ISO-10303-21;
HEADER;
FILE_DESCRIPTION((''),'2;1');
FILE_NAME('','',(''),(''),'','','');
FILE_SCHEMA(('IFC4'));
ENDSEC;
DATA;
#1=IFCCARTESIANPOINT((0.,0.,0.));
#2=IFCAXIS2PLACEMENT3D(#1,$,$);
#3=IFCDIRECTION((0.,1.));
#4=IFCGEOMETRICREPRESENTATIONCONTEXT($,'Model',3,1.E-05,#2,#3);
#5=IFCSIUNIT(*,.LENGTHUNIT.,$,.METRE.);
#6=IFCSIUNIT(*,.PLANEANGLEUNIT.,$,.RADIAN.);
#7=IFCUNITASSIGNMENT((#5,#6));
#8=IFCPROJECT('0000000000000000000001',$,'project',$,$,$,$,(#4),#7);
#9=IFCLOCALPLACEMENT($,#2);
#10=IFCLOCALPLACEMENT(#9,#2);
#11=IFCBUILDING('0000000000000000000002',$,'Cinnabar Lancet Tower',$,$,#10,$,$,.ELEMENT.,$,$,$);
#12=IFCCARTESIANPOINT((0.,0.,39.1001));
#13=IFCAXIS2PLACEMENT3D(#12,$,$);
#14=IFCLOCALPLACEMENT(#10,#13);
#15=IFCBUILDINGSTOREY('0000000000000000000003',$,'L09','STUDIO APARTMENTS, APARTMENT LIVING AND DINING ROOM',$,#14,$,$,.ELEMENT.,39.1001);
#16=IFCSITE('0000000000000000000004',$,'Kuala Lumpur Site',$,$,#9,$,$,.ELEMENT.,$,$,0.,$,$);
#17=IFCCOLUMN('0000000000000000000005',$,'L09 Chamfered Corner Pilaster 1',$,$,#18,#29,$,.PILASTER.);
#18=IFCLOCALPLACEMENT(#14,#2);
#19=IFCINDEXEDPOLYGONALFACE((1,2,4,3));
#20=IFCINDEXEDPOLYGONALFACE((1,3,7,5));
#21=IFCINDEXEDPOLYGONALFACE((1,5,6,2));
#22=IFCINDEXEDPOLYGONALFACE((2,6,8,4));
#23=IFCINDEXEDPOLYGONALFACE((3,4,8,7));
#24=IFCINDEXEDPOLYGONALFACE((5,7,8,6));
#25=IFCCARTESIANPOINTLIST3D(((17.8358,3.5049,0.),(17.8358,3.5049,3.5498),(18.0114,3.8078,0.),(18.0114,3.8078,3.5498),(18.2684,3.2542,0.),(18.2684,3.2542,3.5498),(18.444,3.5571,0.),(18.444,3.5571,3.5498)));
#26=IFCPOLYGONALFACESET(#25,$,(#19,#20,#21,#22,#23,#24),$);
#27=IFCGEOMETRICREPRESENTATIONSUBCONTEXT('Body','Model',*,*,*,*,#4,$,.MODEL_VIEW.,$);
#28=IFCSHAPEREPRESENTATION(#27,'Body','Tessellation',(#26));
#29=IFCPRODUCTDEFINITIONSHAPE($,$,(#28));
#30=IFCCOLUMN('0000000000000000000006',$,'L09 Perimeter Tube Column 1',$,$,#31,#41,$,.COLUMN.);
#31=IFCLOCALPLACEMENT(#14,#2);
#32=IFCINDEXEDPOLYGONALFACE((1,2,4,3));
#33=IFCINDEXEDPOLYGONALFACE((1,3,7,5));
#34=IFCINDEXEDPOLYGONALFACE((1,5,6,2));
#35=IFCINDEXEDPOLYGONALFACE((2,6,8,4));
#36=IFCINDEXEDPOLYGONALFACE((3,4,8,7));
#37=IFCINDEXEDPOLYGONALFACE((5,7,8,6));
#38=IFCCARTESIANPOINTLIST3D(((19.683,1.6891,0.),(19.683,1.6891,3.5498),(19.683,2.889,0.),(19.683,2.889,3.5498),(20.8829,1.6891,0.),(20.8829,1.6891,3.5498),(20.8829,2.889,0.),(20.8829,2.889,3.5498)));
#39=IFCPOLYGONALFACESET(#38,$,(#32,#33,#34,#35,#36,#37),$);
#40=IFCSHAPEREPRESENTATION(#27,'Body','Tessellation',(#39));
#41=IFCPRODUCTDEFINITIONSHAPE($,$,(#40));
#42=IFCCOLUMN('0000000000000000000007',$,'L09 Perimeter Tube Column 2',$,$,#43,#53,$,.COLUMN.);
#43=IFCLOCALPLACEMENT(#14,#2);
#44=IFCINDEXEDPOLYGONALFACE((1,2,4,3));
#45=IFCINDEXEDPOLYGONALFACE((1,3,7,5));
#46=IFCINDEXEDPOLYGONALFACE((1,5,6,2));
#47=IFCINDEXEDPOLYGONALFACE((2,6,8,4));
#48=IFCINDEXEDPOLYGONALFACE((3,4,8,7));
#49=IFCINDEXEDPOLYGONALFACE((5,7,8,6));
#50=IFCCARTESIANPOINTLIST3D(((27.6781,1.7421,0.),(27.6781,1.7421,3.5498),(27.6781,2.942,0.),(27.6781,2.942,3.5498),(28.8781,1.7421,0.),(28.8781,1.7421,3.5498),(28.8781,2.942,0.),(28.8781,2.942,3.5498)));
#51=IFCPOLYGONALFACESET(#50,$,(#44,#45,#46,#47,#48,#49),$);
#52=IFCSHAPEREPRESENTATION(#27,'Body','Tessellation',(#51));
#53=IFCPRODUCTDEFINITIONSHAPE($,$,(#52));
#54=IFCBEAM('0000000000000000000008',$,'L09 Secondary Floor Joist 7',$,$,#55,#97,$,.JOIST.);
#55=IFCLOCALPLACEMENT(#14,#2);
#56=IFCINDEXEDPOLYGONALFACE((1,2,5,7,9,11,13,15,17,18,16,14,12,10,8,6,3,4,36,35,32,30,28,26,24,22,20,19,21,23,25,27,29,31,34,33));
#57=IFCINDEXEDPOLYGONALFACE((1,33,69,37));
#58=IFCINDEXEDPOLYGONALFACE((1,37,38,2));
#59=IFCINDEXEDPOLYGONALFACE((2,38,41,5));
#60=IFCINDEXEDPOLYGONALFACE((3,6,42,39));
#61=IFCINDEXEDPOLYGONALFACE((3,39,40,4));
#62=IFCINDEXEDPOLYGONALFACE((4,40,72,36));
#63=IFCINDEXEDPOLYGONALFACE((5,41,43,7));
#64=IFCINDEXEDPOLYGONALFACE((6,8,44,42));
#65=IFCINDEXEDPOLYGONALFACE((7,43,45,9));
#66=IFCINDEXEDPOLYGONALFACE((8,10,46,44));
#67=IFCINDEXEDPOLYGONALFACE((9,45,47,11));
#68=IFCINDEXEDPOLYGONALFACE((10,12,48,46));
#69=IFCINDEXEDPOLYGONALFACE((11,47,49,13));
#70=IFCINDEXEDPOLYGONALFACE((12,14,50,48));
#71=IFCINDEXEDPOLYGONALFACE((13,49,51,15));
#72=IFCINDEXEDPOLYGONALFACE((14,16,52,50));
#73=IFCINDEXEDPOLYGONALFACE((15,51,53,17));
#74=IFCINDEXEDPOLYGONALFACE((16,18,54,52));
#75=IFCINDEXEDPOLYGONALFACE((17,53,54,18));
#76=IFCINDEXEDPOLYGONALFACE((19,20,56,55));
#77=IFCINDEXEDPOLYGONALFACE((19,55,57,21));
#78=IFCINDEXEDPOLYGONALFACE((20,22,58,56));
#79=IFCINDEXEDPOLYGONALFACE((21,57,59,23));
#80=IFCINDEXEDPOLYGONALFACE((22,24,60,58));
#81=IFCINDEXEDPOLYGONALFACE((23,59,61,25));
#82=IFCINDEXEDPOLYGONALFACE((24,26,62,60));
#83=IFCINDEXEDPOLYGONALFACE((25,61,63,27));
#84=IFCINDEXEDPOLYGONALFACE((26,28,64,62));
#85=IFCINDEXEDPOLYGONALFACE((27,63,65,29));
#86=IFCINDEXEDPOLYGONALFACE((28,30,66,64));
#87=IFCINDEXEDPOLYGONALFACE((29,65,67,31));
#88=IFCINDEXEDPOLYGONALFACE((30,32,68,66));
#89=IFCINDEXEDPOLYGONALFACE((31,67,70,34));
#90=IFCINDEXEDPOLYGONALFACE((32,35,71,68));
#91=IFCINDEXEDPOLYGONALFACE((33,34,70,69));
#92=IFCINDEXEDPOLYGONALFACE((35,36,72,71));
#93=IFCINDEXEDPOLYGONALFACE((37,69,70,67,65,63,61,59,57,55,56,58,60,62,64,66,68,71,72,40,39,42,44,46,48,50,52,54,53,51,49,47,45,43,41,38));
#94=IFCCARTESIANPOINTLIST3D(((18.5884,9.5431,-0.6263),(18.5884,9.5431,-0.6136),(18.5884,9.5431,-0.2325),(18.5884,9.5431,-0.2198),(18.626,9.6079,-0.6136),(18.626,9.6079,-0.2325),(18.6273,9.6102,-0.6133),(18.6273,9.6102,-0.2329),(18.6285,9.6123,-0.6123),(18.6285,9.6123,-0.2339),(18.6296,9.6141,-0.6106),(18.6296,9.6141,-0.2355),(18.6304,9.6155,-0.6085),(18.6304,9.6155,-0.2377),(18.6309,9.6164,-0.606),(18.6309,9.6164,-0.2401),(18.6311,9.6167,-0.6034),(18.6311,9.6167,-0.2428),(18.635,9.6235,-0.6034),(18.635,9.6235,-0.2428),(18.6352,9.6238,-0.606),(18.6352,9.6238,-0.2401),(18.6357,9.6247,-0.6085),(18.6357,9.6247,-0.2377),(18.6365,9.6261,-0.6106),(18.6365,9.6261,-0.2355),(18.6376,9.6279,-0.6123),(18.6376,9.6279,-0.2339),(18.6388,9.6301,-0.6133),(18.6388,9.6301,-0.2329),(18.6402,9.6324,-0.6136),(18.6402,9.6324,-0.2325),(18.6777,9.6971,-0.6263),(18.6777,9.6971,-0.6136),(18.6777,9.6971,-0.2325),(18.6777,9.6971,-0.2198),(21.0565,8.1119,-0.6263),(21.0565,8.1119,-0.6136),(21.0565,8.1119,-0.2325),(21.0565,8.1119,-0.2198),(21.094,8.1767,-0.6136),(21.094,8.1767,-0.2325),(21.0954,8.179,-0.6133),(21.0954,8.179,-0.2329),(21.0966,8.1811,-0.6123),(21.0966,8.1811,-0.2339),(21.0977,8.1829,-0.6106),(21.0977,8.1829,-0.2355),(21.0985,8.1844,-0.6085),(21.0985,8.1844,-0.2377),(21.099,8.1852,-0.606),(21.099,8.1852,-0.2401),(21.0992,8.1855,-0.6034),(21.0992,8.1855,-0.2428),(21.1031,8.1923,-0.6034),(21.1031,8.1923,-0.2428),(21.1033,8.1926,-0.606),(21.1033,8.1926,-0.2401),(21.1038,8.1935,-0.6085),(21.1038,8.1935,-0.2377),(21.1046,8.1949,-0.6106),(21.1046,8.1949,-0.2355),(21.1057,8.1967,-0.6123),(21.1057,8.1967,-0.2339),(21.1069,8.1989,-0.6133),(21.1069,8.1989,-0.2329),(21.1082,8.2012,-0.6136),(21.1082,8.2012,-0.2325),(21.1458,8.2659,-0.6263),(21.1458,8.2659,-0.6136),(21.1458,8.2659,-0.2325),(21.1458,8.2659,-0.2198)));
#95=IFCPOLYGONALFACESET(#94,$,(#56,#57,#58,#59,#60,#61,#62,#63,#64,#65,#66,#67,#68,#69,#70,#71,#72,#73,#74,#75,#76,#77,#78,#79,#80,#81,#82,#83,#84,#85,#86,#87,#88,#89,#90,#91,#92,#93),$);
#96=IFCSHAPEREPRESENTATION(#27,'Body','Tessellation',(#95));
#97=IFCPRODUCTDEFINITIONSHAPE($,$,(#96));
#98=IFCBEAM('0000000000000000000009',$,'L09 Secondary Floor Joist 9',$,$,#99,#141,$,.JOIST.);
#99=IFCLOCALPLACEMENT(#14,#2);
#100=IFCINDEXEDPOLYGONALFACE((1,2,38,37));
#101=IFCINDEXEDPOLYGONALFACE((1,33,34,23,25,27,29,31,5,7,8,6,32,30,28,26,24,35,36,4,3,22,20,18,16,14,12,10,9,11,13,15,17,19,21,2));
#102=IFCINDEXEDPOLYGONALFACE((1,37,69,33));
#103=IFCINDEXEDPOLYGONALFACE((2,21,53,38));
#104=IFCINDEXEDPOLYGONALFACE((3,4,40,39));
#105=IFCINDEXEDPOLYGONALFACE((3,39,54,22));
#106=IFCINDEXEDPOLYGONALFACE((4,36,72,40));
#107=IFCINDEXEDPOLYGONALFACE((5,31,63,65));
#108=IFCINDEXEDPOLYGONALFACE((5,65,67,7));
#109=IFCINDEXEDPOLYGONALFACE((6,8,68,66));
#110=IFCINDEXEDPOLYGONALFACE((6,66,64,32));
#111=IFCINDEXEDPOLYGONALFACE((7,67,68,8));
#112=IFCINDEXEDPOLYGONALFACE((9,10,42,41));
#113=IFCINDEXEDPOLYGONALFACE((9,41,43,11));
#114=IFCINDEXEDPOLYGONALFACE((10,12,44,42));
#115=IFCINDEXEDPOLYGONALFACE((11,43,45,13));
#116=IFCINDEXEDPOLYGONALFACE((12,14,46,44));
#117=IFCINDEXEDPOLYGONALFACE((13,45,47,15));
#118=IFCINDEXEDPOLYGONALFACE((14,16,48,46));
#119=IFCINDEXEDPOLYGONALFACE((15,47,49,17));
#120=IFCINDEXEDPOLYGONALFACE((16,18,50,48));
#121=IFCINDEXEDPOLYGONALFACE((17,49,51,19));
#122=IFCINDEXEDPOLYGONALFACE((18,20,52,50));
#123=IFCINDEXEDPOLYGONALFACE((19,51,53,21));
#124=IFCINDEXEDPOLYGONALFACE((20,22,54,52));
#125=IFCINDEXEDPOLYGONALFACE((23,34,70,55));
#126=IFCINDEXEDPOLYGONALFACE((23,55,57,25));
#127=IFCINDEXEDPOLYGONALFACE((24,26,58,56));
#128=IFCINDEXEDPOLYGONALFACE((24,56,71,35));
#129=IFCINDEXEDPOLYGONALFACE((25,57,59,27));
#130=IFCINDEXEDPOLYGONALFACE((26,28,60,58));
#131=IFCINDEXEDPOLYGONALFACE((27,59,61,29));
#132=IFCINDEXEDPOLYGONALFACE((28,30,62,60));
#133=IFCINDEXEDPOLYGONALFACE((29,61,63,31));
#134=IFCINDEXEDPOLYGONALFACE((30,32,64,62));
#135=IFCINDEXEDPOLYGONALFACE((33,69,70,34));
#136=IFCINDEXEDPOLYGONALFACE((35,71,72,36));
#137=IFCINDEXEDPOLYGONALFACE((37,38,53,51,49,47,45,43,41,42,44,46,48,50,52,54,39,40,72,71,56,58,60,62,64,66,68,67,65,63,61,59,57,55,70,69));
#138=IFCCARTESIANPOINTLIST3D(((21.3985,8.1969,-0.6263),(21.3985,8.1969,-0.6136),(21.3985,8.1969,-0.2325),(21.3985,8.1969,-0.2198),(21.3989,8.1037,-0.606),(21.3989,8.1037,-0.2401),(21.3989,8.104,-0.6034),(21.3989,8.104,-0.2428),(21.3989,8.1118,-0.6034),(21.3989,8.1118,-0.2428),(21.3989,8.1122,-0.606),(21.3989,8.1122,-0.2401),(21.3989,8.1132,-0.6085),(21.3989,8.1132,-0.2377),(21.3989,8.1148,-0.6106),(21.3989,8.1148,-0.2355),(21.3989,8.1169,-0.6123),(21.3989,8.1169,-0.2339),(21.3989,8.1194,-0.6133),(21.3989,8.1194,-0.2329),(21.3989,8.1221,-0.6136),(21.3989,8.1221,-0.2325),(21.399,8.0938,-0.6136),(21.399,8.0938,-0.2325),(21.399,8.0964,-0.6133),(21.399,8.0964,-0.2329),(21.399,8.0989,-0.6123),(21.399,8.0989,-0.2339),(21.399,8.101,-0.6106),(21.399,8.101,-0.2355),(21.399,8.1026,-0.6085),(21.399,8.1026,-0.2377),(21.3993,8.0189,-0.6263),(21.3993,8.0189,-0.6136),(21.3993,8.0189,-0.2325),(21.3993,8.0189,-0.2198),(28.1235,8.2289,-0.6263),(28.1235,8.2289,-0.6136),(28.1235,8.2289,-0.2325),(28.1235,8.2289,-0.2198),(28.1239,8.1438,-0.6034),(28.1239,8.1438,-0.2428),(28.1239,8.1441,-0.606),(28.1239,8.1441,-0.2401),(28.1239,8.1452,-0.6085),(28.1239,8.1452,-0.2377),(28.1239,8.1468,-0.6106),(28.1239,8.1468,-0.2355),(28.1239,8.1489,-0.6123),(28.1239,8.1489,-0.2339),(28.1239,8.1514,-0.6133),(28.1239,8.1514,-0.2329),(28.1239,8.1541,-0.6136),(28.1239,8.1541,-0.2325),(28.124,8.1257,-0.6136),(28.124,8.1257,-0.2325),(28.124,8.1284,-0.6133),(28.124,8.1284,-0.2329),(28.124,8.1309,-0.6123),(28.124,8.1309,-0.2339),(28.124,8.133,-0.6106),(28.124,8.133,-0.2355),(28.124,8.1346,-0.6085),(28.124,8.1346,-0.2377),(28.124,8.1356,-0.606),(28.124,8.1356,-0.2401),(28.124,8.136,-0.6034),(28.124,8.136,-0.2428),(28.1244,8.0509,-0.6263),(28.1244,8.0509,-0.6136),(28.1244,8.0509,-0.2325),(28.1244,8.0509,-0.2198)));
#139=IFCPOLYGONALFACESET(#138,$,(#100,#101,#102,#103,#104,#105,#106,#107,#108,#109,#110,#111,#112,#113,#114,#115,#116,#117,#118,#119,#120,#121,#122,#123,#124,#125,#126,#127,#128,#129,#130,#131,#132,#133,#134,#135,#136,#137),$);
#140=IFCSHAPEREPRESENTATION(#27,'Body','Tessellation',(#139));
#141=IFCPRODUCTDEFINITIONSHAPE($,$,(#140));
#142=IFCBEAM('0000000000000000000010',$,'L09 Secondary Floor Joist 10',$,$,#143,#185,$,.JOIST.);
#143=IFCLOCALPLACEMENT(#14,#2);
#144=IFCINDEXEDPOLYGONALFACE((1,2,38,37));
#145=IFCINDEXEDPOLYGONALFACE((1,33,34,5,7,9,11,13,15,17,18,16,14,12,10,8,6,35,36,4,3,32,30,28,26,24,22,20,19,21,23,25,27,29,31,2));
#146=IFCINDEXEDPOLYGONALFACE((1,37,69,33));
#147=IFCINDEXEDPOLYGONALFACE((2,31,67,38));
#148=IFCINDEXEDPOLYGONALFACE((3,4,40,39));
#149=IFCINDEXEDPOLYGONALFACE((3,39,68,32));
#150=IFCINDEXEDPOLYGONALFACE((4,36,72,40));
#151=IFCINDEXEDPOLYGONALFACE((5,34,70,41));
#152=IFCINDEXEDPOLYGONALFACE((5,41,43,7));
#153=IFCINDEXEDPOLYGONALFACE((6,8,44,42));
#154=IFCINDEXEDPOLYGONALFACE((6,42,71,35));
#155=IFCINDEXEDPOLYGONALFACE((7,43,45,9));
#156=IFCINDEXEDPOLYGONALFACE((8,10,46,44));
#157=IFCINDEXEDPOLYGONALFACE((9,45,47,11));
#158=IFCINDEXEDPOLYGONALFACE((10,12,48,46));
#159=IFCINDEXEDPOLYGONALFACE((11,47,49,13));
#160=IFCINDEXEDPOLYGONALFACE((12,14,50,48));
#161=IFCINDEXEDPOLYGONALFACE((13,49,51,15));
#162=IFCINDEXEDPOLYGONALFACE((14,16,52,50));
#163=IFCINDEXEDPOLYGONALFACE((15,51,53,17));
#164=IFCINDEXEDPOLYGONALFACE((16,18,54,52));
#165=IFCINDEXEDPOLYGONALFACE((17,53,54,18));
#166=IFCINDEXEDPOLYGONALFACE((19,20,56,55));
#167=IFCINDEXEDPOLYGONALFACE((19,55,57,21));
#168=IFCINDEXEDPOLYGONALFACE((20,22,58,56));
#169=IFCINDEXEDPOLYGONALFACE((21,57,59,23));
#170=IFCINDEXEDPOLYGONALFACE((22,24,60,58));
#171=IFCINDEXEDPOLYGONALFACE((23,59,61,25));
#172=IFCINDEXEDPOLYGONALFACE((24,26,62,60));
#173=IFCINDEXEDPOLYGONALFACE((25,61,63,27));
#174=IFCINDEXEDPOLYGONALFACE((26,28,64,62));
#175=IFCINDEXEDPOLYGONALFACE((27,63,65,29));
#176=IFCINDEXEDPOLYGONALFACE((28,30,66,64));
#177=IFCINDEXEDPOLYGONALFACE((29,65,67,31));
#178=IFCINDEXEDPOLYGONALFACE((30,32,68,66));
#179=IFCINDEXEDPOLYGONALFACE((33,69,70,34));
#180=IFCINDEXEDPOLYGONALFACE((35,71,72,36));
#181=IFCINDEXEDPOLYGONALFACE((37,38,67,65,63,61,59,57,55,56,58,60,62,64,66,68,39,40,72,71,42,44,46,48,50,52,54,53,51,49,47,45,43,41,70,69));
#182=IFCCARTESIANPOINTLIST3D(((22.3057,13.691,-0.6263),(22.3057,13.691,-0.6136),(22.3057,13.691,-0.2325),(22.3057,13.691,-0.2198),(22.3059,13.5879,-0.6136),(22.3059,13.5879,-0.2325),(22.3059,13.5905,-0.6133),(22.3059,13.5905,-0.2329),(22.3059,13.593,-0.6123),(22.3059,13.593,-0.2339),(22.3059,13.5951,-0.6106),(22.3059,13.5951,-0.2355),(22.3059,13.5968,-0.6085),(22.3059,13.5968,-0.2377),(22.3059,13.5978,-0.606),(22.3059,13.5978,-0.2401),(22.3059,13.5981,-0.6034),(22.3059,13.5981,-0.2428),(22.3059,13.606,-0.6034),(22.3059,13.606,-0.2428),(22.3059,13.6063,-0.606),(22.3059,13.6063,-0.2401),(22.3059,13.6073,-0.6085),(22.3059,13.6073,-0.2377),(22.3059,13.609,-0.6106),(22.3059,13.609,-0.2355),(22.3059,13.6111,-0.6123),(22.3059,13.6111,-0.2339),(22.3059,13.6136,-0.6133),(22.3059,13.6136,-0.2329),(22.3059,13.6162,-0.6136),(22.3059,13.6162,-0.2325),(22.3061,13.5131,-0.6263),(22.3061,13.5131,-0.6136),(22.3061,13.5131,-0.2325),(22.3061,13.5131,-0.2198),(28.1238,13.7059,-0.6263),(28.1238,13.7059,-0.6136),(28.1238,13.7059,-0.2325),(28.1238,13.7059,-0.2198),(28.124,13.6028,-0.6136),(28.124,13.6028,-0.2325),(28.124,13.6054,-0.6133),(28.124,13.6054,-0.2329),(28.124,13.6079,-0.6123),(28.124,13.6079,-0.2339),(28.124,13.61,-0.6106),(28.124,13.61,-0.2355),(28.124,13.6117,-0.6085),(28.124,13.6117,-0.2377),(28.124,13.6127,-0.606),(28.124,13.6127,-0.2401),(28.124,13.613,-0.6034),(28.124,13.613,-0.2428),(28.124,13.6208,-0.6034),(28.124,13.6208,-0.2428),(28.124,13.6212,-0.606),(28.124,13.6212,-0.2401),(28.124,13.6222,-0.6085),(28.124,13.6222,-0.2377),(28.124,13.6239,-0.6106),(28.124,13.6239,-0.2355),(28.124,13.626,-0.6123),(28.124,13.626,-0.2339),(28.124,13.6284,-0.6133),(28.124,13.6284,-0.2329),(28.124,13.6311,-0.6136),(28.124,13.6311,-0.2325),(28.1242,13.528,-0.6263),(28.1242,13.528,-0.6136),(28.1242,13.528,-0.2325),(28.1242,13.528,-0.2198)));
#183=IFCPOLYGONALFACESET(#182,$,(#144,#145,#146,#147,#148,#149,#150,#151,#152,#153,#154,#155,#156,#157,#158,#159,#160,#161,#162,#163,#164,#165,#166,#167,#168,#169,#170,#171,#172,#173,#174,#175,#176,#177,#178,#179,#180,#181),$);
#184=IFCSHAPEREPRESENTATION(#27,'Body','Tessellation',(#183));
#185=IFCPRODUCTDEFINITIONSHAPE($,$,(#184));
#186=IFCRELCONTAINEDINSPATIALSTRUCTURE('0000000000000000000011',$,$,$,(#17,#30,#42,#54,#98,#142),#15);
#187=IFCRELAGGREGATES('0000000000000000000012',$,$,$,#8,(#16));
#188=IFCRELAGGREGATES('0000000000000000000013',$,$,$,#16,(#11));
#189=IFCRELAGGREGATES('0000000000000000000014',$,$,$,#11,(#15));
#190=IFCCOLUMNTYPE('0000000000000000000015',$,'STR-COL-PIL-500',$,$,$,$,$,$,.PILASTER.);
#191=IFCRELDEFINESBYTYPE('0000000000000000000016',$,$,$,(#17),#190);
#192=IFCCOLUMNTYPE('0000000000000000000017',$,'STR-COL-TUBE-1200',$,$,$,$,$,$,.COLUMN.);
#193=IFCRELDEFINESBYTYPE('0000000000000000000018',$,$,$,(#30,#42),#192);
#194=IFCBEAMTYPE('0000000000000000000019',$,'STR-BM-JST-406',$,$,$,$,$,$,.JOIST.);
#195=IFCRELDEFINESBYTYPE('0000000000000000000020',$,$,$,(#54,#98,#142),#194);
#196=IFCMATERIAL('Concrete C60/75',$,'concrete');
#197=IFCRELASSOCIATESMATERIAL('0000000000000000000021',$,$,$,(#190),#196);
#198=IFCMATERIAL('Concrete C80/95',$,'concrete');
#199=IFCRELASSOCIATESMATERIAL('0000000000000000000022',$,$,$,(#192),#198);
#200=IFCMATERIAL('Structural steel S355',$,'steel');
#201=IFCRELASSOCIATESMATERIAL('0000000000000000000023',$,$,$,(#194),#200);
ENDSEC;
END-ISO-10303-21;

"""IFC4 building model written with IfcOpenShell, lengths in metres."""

from ifc_helpers import new_model, si_unit, direction, frame, origin, origin_2d, place, context, subcontext, project, spatial, rectangle, i_section, extrude, material, material_profile, profile_set, type_object, element, save


model = new_model("IFC4")

# Units and contexts
model_context = context("Model", 3, precision=1e-05, world=origin(), true_north=direction((0.0, 1.0)))
body_context = subcontext(model_context, "Body", "Model", "MODEL_VIEW")
ifc_project = project(units=[si_unit("LENGTHUNIT", "METRE"), si_unit("PLANEANGLEUNIT", "RADIAN")], contexts=[model_context])

# Site, building, storey
site_placement = place(None, origin())
site = spatial("IfcSite", under=ifc_project, at=site_placement, Name="Kuala Lumpur Site", CompositionType="ELEMENT", RefElevation=0.0)
building_placement = place(site_placement, origin())
building = spatial("IfcBuilding", under=site, at=building_placement, Name="Cinnabar Lancet Tower", CompositionType="ELEMENT")
storey_placement = place(building_placement, frame((0.0, 0.0, 39.1001)))
storey = spatial("IfcBuildingStorey", under=building, at=storey_placement, Name="L09", Description="STUDIO APARTMENTS, APARTMENT LIVING AND DINING ROOM", CompositionType="ELEMENT", Elevation=39.1001)

# Columns
ifc_material_1 = material(Name="Concrete C60/75", Category="concrete")
ifc_material_profile_1 = material_profile(ifc_material_1, rectangle(XDim=0.5, YDim=0.3501, at=origin_2d()), Name="RC-PIL 500x350")
ifc_profile_set_1 = profile_set([ifc_material_profile_1], Name="Concrete C60/75")
column_type_1 = type_object("IfcColumnType", Name="STR-COL-PIL-500", PredefinedType="PILASTER", material=ifc_profile_set_1)
column_placement = place(storey_placement, frame((18.1399, 3.531, 0.0), z_axis=(0.0, 0.0, 1.0), x_axis=(0.865195, -0.501435, 0.0)))
element("IfcColumn", 1, at=column_placement, inside=storey, type_object=column_type_1, Name="L09 Chamfered Corner Pilaster 1", PredefinedType="PILASTER", context=body_context, shape_type="SweptSolid", body=[
    extrude(rectangle(XDim=0.5, YDim=0.3501, at=origin_2d()), origin(), (0.0, 0.0, 1.0), 3.5498),
])
ifc_material_2 = material(Name="Concrete C80/95", Category="concrete")
ifc_material_profile_2 = material_profile(ifc_material_2, rectangle(XDim=1.2, YDim=1.2, at=origin_2d()), Name="RC-COL 1200x1200")
ifc_profile_set_2 = profile_set([ifc_material_profile_2], Name="Concrete C80/95")
column_type_2 = type_object("IfcColumnType", Name="STR-COL-TUBE-1200", PredefinedType="COLUMN", material=ifc_profile_set_2)
for number, where, z_axis, x_axis, name in (
    (2, (20.283, 2.2891, 0.0), (0.0, 0.0, 1.0), (1.0, 0.0, 0.0), "L09 Perimeter Tube Column 1"),
    (3, (28.2781, 2.342, 0.0), (0.0, 0.0, 1.0), (1.0, 0.0, 0.0), "L09 Perimeter Tube Column 2"),
):
    element("IfcColumn", number, at=place(storey_placement, frame(where, z_axis=z_axis, x_axis=x_axis)), inside=storey, type_object=column_type_2, Name=name, PredefinedType="COLUMN", context=body_context, shape_type="SweptSolid", body=[
        extrude(rectangle(XDim=1.2, YDim=1.2, at=origin_2d()), origin(), (0.0, 0.0, 1.0), 3.5498),
    ])

# Beams
ifc_material_3 = material(Name="Structural steel S355", Category="steel")
ifc_material_profile_3 = material_profile(ifc_material_3, i_section(OverallWidth=0.178, OverallDepth=0.4065, WebThickness=0.0078, FlangeThickness=0.0127, FilletRadius=0.0103, at=origin_2d()), Name="UKB 406x178x60")
ifc_profile_set_3 = profile_set([ifc_material_profile_3], Name="Structural steel S355")
beam_type_1 = type_object("IfcBeamType", Name="STR-BM-JST-406", PredefinedType="JOIST", material=ifc_profile_set_3)
beam_1_placement = place(storey_placement, frame((18.6331, 9.6201, -0.4231), z_axis=(0.865076, -0.50164, 0.0), x_axis=(0.50164, 0.865076, 0.0)))
element("IfcBeam", 4, at=beam_1_placement, inside=storey, type_object=beam_type_1, Name="L09 Secondary Floor Joist 7", PredefinedType="JOIST", context=body_context, shape_type="SweptSolid", body=[
    extrude(i_section(OverallWidth=0.178, OverallDepth=0.4065, WebThickness=0.0078, FlangeThickness=0.0127, FilletRadius=0.0103, at=origin_2d()), origin(), (0.0, 0.0, 1.0), 2.853),
])
beam_2_placement = place(storey_placement, frame((21.3989, 8.1079, -0.4231), z_axis=(0.999989, 0.004756, 0.0), x_axis=(-0.004756, 0.999989, 0.0)))
element("IfcBeam", 5, at=beam_2_placement, inside=storey, type_object=beam_type_1, Name="L09 Secondary Floor Joist 9", PredefinedType="JOIST", context=body_context, shape_type="SweptSolid", body=[
    extrude(i_section(OverallWidth=0.178, OverallDepth=0.4065, WebThickness=0.0078, FlangeThickness=0.0127, FilletRadius=0.0103, at=origin_2d()), origin(), (0.0, 0.0, 1.0), 6.7251),
])
beam_3_placement = place(storey_placement, frame((22.3059, 13.6021, -0.4231), z_axis=(0.999997, 0.00256, 0.0), x_axis=(-0.00256, 0.999997, 0.0)))
element("IfcBeam", 6, at=beam_3_placement, inside=storey, type_object=beam_type_1, Name="L09 Secondary Floor Joist 10", PredefinedType="JOIST", context=body_context, shape_type="SweptSolid", body=[
    extrude(i_section(OverallWidth=0.178, OverallDepth=0.4065, WebThickness=0.0078, FlangeThickness=0.0127, FilletRadius=0.0103, at=origin_2d()), origin(), (0.0, 0.0, 1.0), 5.8181),
])

save(model, "model.ifc")
